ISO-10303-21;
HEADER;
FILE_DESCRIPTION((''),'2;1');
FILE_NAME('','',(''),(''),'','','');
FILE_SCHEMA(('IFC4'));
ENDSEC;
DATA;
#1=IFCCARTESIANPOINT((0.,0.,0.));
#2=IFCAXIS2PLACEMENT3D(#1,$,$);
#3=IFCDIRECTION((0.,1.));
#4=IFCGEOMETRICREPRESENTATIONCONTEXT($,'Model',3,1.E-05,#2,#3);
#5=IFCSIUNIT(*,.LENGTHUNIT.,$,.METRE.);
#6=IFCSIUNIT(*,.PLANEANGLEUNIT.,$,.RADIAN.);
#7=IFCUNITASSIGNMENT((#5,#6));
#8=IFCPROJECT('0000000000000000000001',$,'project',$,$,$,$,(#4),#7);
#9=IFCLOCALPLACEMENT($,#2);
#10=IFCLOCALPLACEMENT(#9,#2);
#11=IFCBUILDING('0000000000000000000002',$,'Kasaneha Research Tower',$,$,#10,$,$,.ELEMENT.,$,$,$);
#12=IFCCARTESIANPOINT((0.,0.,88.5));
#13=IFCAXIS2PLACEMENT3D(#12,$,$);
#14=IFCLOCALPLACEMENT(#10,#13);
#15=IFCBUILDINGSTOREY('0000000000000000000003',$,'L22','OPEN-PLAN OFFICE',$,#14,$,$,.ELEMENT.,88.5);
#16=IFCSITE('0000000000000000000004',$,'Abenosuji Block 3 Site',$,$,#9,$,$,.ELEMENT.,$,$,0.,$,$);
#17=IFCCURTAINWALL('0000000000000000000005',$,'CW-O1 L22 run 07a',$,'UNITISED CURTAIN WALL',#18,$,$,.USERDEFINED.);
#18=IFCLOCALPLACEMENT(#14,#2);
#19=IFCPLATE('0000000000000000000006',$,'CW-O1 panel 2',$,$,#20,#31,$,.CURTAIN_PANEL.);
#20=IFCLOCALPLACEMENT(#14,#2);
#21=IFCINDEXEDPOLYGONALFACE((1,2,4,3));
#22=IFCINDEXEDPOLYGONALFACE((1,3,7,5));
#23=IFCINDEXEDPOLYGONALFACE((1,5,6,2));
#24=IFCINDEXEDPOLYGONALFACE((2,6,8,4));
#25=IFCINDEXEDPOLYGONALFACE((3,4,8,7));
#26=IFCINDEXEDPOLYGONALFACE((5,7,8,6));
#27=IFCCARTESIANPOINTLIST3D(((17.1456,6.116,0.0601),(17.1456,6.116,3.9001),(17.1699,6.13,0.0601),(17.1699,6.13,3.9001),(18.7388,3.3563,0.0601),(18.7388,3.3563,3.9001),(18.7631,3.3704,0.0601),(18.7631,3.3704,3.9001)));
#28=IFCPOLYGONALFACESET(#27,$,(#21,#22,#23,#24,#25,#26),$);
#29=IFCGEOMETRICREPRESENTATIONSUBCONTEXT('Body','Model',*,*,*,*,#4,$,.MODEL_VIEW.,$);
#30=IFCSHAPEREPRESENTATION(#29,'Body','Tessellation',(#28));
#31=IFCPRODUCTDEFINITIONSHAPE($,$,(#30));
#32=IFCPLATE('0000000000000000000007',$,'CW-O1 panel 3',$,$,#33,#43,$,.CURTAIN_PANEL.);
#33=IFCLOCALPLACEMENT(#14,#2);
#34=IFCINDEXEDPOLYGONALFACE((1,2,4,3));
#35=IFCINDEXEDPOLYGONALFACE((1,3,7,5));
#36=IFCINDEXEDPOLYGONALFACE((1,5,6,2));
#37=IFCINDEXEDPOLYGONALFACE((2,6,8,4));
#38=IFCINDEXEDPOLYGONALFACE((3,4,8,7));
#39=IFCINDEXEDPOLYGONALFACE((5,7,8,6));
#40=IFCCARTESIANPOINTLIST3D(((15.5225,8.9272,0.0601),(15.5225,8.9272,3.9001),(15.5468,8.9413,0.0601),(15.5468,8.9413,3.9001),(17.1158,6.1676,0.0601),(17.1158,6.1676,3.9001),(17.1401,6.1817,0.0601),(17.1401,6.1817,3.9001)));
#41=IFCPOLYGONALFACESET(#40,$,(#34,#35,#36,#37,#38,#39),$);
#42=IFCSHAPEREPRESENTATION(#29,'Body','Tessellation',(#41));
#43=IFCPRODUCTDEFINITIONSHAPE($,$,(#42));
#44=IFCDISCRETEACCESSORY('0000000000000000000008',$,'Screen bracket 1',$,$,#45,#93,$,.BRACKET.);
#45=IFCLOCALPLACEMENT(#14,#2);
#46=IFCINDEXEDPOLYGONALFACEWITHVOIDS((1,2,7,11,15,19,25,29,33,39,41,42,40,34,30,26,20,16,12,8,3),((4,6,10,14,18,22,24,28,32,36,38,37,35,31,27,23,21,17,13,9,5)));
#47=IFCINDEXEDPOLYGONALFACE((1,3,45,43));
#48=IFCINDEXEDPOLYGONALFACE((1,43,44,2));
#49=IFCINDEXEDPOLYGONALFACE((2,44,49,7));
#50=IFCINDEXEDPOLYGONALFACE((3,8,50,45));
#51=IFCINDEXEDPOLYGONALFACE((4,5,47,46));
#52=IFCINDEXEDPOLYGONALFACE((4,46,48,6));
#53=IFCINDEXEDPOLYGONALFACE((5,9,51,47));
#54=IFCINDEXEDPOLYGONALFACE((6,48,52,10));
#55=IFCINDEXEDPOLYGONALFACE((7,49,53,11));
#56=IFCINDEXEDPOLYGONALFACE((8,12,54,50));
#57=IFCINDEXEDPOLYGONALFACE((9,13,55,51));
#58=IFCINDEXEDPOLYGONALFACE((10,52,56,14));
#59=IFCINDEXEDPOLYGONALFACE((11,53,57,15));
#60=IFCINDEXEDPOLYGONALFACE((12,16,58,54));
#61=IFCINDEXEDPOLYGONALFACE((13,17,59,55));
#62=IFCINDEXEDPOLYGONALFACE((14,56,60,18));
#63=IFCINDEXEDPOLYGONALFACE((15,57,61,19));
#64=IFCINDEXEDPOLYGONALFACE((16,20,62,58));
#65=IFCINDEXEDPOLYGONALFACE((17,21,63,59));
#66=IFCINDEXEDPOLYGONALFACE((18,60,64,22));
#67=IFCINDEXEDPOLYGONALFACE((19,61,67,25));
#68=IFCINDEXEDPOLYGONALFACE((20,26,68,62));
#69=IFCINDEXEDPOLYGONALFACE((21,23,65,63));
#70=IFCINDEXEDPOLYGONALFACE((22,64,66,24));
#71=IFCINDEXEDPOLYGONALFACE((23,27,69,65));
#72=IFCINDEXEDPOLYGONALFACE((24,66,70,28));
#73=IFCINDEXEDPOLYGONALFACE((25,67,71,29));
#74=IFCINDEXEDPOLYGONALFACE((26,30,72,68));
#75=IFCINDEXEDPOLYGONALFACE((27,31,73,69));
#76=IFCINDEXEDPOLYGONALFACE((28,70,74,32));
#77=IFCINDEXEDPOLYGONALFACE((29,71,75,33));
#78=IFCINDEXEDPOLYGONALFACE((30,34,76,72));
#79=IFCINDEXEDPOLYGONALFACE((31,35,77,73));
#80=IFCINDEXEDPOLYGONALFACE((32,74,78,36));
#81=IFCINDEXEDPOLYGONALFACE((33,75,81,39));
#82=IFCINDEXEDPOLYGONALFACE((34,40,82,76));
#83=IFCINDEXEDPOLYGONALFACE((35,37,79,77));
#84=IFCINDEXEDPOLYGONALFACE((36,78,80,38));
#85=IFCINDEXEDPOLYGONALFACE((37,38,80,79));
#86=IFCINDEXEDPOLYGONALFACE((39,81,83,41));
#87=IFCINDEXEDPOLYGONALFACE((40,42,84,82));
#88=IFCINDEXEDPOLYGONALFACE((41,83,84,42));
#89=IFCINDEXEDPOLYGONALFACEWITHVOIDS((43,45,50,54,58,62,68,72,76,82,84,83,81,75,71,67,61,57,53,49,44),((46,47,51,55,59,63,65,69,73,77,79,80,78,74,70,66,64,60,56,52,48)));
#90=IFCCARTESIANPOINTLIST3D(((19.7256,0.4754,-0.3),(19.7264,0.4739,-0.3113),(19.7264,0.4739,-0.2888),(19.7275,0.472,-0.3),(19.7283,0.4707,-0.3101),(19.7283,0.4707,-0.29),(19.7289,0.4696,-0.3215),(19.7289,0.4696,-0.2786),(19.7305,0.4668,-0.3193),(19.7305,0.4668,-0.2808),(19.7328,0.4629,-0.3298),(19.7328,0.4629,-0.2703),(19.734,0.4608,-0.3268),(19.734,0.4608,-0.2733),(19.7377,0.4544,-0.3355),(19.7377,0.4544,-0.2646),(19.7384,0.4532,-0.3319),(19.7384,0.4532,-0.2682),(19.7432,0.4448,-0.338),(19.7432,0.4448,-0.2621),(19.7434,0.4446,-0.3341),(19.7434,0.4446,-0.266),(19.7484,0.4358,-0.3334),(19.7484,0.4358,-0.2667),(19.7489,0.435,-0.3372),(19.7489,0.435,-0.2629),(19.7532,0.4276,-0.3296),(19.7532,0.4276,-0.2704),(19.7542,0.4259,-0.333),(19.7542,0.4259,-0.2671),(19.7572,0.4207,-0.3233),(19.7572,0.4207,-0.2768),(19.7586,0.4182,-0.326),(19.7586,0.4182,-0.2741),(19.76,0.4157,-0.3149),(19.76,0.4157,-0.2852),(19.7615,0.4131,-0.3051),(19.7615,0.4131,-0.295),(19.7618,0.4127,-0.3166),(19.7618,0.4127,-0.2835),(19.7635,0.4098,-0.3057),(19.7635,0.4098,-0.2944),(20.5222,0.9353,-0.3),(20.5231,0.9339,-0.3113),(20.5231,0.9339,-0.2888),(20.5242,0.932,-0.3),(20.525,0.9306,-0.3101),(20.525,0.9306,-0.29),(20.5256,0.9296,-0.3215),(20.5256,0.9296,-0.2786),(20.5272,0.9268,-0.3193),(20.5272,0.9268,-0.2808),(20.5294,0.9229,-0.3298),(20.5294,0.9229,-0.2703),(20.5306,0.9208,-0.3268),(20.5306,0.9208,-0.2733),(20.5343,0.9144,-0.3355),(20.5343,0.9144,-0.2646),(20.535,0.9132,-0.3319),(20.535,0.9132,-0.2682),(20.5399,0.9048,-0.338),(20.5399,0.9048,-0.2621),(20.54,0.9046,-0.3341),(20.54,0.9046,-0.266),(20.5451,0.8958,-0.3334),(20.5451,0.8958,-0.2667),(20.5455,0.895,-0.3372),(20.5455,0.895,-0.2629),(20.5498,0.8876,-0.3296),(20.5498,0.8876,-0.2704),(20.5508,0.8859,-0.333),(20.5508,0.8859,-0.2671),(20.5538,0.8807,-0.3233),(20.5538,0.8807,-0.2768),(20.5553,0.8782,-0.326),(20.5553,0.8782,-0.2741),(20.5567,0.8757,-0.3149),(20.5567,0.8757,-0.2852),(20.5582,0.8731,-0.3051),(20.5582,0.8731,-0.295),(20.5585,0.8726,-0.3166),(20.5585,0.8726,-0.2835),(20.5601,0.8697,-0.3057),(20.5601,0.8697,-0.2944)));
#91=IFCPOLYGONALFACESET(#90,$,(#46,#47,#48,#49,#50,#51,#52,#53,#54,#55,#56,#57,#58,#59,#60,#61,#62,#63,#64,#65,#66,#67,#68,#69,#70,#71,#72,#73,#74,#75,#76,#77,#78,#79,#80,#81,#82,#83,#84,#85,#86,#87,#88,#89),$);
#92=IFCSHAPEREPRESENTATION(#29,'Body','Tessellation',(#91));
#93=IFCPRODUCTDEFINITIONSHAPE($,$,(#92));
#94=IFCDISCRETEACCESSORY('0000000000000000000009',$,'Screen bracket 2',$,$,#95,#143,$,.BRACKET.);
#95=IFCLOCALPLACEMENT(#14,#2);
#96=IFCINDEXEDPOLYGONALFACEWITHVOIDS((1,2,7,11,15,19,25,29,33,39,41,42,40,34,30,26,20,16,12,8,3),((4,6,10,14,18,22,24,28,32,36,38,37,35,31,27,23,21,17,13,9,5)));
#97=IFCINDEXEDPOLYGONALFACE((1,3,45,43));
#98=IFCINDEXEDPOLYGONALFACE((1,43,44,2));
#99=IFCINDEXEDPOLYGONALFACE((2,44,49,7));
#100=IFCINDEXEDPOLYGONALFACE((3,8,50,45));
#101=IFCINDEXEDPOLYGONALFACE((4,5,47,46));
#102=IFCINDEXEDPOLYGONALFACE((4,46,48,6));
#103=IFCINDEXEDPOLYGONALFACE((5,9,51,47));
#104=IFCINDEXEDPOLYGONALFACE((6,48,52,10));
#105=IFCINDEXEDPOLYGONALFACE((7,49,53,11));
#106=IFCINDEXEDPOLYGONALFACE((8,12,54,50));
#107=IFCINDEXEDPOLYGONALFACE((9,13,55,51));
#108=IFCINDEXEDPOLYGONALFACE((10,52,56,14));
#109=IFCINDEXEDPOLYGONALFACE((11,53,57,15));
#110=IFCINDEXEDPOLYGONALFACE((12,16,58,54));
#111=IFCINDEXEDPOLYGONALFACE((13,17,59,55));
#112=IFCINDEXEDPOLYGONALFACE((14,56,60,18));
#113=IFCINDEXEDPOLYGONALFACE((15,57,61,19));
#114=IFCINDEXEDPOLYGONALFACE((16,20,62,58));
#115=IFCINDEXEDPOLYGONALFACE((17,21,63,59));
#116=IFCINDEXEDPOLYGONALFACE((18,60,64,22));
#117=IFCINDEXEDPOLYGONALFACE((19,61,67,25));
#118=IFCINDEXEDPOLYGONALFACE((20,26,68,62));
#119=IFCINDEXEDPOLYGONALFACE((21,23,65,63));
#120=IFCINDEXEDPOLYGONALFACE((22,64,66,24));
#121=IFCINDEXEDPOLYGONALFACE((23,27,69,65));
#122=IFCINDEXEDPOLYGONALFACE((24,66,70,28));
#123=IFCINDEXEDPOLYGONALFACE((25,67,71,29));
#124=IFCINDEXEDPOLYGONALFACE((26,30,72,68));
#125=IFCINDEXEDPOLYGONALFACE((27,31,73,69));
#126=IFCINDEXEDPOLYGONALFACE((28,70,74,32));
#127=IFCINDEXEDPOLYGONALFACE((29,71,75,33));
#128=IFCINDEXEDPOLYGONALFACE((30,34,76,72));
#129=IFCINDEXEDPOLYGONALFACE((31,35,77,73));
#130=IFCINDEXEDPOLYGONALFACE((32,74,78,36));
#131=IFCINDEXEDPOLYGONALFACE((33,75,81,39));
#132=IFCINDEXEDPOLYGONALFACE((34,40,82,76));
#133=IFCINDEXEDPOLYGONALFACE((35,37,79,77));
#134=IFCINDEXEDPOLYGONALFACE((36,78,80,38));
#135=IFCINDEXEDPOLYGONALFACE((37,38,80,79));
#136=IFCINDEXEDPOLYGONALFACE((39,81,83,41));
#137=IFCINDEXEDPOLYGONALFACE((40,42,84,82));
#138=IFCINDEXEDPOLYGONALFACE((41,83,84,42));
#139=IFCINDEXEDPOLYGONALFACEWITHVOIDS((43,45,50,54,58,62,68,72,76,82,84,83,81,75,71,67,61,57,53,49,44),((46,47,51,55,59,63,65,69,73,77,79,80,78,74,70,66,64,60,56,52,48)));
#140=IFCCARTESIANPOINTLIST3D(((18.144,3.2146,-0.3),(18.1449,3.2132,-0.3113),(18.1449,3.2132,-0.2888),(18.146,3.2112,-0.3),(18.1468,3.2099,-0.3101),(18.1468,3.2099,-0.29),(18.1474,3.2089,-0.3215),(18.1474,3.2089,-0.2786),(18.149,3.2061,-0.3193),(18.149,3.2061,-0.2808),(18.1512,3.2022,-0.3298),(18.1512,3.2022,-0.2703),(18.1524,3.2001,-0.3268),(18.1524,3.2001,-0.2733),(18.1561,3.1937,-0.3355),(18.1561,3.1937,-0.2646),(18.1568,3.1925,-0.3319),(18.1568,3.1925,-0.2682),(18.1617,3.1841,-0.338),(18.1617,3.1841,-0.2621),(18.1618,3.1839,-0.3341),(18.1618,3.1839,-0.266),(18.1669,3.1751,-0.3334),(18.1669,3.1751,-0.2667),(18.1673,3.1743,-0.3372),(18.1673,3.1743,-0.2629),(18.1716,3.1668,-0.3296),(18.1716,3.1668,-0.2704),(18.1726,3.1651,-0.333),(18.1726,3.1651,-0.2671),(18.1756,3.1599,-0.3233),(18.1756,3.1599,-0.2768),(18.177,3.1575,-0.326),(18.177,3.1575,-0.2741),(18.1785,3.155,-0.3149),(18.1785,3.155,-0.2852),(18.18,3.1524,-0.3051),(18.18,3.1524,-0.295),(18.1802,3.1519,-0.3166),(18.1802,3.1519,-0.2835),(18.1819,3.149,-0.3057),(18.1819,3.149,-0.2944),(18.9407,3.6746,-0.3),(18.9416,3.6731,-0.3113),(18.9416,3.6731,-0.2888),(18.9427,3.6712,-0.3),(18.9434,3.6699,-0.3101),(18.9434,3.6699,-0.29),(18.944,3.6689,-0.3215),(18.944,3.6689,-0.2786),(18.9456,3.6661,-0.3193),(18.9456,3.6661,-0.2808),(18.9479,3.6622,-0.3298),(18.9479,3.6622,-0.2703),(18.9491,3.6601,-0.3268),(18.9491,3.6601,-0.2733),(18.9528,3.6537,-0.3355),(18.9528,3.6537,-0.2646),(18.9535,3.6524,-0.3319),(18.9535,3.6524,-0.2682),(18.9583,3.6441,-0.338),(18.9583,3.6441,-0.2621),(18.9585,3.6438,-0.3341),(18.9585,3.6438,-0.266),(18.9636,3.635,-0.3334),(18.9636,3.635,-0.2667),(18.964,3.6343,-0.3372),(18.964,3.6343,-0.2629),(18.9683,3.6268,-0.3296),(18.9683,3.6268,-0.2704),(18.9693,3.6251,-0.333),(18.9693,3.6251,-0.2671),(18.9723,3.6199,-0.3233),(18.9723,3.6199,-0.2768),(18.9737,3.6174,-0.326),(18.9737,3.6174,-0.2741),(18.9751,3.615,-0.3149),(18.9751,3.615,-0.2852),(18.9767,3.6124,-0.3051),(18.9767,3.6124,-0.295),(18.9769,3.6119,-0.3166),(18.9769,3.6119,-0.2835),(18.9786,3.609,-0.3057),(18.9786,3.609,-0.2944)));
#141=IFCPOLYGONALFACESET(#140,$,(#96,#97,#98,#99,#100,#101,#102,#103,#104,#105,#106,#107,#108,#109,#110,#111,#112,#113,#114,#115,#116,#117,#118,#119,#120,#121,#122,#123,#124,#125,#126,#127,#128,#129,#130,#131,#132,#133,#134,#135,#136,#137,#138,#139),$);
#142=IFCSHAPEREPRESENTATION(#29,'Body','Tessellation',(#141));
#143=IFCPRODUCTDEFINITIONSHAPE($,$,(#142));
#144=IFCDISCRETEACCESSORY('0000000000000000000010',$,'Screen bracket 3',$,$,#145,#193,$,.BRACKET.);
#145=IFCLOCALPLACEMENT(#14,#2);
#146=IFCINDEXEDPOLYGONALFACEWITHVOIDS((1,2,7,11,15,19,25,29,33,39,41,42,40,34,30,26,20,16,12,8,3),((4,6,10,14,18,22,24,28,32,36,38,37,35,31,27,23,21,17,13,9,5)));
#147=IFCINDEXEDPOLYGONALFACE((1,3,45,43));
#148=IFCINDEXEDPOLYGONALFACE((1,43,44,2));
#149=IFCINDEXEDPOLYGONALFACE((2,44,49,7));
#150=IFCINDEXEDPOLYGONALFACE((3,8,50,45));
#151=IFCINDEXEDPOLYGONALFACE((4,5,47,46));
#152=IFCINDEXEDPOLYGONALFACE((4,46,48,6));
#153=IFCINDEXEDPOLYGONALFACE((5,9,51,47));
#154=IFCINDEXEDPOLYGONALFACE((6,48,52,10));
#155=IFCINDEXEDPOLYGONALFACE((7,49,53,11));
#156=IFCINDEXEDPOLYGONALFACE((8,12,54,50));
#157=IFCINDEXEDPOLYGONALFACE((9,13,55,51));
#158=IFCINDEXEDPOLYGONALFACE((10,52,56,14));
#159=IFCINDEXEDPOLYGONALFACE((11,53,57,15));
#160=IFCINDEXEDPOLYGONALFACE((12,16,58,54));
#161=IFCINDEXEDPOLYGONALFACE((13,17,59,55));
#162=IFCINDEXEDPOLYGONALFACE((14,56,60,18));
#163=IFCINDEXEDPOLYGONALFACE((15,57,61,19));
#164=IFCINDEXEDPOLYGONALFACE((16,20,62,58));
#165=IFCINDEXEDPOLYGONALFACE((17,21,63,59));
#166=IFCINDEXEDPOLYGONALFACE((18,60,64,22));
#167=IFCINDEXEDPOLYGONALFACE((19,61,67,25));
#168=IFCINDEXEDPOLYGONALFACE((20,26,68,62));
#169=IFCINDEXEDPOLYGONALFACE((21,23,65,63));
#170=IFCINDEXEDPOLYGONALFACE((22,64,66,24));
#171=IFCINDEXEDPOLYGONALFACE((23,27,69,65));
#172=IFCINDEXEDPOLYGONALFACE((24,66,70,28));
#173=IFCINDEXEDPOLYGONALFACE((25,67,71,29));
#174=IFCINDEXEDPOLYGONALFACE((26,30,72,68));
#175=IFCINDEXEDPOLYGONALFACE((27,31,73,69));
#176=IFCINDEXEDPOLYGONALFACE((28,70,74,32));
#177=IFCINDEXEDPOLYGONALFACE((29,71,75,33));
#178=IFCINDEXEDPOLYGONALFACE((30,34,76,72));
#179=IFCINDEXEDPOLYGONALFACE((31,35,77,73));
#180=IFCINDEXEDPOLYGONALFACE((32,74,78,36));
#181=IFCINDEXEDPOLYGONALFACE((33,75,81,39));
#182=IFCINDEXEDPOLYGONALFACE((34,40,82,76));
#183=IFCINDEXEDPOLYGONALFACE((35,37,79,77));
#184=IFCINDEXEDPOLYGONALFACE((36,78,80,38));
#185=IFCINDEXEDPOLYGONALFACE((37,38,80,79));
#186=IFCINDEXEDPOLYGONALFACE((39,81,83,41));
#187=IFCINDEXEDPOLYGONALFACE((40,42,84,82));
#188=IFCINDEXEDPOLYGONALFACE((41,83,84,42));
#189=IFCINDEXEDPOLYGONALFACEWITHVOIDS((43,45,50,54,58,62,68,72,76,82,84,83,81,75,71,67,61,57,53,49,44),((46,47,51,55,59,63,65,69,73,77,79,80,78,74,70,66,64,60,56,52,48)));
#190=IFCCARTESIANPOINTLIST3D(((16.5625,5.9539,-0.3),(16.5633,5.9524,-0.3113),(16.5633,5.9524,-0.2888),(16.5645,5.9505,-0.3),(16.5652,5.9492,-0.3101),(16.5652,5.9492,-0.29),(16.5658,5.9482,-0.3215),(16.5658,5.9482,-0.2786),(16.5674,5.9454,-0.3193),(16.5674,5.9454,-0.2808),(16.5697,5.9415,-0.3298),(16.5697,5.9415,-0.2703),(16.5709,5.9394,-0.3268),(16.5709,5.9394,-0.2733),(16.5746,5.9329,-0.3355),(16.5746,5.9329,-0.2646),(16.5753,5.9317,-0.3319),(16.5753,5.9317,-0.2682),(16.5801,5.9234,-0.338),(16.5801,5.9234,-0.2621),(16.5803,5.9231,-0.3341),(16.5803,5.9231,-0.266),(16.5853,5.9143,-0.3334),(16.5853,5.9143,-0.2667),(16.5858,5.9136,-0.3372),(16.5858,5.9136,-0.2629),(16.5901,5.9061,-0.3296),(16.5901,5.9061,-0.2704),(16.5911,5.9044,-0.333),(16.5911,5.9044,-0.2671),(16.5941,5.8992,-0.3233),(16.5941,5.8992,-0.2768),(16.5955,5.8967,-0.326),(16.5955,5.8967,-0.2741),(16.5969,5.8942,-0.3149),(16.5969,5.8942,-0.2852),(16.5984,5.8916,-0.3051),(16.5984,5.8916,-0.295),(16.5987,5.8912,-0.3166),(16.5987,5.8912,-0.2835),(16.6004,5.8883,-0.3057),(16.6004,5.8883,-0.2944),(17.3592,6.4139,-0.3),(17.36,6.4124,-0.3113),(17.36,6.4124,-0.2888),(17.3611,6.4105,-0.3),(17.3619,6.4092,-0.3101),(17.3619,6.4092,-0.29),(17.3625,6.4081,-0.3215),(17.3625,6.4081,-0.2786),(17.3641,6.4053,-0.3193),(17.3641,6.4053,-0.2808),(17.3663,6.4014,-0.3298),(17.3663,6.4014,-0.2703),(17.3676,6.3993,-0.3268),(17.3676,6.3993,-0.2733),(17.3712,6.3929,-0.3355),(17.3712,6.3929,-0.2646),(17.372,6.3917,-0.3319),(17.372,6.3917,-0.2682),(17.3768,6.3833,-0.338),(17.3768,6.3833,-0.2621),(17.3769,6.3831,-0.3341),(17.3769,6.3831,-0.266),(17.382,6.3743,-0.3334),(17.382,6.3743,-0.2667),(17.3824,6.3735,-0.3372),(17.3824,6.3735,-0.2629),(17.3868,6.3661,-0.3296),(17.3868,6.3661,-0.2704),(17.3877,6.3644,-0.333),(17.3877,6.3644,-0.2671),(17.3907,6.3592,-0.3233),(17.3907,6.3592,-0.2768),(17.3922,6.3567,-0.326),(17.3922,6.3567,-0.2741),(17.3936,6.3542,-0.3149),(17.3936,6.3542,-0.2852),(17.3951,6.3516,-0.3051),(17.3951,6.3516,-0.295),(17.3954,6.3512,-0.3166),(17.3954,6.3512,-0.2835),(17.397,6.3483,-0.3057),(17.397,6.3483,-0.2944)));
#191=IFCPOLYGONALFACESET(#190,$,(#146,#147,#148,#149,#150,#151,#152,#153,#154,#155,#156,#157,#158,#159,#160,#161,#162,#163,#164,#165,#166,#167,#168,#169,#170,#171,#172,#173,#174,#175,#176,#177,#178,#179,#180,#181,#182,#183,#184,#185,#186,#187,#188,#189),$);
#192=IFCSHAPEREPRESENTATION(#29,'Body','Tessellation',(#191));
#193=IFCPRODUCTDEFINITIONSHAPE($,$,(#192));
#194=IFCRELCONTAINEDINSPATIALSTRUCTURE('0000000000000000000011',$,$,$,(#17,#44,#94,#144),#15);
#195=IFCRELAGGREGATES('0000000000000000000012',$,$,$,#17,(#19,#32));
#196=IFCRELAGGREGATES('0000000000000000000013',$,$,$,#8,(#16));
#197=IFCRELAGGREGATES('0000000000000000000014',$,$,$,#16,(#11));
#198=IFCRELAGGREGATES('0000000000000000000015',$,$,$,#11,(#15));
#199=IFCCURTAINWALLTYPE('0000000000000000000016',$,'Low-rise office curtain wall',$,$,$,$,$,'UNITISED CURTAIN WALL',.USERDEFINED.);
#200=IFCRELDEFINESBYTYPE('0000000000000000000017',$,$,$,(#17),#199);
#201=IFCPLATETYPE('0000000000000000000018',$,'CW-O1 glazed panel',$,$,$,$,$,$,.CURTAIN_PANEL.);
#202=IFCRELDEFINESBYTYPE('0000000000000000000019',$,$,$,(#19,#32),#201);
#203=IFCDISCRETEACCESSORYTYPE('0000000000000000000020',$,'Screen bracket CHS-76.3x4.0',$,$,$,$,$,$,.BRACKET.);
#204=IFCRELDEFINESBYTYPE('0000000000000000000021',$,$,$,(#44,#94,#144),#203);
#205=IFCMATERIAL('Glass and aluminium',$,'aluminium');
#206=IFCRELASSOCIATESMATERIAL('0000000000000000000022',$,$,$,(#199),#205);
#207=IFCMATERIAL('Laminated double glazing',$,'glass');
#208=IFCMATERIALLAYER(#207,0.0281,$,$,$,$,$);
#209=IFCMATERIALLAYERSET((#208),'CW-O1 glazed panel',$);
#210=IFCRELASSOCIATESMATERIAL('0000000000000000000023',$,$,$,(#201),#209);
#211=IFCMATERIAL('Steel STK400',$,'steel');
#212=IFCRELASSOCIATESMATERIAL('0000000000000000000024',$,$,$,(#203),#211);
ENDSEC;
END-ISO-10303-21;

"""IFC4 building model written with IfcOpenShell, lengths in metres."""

from ifc_helpers import new_model, si_unit, direction, frame, origin, origin_2d, place, context, subcontext, project, spatial, rectangle, hollow_circle, extrude, material, layer, layer_set, material_profile, profile_set, type_object, element, aggregate, save


model = new_model("IFC4")

# Units and contexts
model_context = context("Model", 3, precision=1e-05, world=origin(), true_north=direction((0.0, 1.0)))
body_context = subcontext(model_context, "Body", "Model", "MODEL_VIEW")
ifc_project = project(units=[si_unit("LENGTHUNIT", "METRE"), si_unit("PLANEANGLEUNIT", "RADIAN")], contexts=[model_context])

# Site, building, storey
site_placement = place(None, origin())
site = spatial("IfcSite", under=ifc_project, at=site_placement, Name="Abenosuji Block 3 Site", CompositionType="ELEMENT", RefElevation=0.0)
building_placement = place(site_placement, origin())
building = spatial("IfcBuilding", under=site, at=building_placement, Name="Kasaneha Research Tower", CompositionType="ELEMENT")
storey_placement = place(building_placement, frame((0.0, 0.0, 88.5)))
storey = spatial("IfcBuildingStorey", under=building, at=storey_placement, Name="L22", Description="OPEN-PLAN OFFICE", CompositionType="ELEMENT", Elevation=88.5)

# Shared definitions
ifc_material_1 = material(Name="Glass and aluminium", Category="aluminium")
curtain_wall_type = type_object("IfcCurtainWallType", Name="Low-rise office curtain wall", ElementType="UNITISED CURTAIN WALL", PredefinedType="USERDEFINED", material=ifc_material_1)

# Curtain wall
curtain_wall_1_placement = place(storey_placement, origin())
curtain_wall_1 = element("IfcCurtainWall", 1, at=curtain_wall_1_placement, inside=storey, type_object=curtain_wall_type, Name="CW-O1 L22 run 07a", ObjectType="UNITISED CURTAIN WALL", PredefinedType="USERDEFINED")

# Plates
ifc_material_2 = material(Name="Laminated double glazing", Category="glass")
ifc_layer = layer(ifc_material_2, 0.0281)
ifc_layer_set = layer_set([ifc_layer], Name="CW-O1 glazed panel")
plate_type = type_object("IfcPlateType", Name="CW-O1 glazed panel", PredefinedType="CURTAIN_PANEL", material=ifc_layer_set)
plate_1_placement = place(storey_placement, frame((17.9543, 4.7432, 0.0601), z_axis=(0.0, 0.0, 1.0), x_axis=(-0.5, 0.866025, 0.0)))
plate_1 = element("IfcPlate", 2, at=plate_1_placement, type_object=plate_type, Name="CW-O1 panel 2", PredefinedType="CURTAIN_PANEL", context=body_context, shape_type="SweptSolid", body=[
    extrude(rectangle(XDim=3.1865, YDim=0.0281, at=origin_2d()), origin(), (0.0, 0.0, 1.0), 3.8401),
])
plate_2_placement = place(storey_placement, frame((16.3313, 7.5544, 0.0601), z_axis=(0.0, 0.0, 1.0), x_axis=(-0.5, 0.866025, 0.0)))
plate_2 = element("IfcPlate", 3, at=plate_2_placement, type_object=plate_type, Name="CW-O1 panel 3", PredefinedType="CURTAIN_PANEL", context=body_context, shape_type="SweptSolid", body=[
    extrude(rectangle(XDim=3.1865, YDim=0.0281, at=origin_2d()), origin(), (0.0, 0.0, 1.0), 3.8401),
])
aggregate(curtain_wall_1, [plate_1, plate_2])

# Discrete accessories
ifc_material_3 = material(Name="Steel STK400", Category="steel")
ifc_material_profile_1 = material_profile(ifc_material_3, hollow_circle(Radius=0.0381, WallThickness=0.0039, at=origin_2d()), Name="CHS-76.3x4.0")
ifc_profile_set_1 = profile_set([ifc_material_profile_1], Name="Steel STK400")
discrete_accessory_type = type_object("IfcDiscreteAccessoryType", Name="Screen bracket CHS-76.3x4.0", PredefinedType="BRACKET", material=ifc_profile_set_1)
for number, where, z_axis, x_axis, name in (
    (4, (19.7446, 0.4424, -0.3), (0.866013, 0.500021, 0.0), (-0.500021, 0.866013, 0.0), "Screen bracket 1"),
    (5, (18.1631, 3.1816, -0.3), (0.866013, 0.500021, 0.0), (-0.500021, 0.866013, 0.0), "Screen bracket 2"),
    (6, (16.5815, 5.9209, -0.3), (0.866013, 0.500021, 0.0), (-0.500021, 0.866013, 0.0), "Screen bracket 3"),
):
    element("IfcDiscreteAccessory", number, at=place(storey_placement, frame(where, z_axis=z_axis, x_axis=x_axis)), inside=storey, type_object=discrete_accessory_type, Name=name, PredefinedType="BRACKET", context=body_context, shape_type="SweptSolid", body=[
        extrude(hollow_circle(Radius=0.0381, WallThickness=0.0039, at=origin_2d()), origin(), (0.0, 0.0, 1.0), 0.9199),
    ])

save(model, "model.ifc")
